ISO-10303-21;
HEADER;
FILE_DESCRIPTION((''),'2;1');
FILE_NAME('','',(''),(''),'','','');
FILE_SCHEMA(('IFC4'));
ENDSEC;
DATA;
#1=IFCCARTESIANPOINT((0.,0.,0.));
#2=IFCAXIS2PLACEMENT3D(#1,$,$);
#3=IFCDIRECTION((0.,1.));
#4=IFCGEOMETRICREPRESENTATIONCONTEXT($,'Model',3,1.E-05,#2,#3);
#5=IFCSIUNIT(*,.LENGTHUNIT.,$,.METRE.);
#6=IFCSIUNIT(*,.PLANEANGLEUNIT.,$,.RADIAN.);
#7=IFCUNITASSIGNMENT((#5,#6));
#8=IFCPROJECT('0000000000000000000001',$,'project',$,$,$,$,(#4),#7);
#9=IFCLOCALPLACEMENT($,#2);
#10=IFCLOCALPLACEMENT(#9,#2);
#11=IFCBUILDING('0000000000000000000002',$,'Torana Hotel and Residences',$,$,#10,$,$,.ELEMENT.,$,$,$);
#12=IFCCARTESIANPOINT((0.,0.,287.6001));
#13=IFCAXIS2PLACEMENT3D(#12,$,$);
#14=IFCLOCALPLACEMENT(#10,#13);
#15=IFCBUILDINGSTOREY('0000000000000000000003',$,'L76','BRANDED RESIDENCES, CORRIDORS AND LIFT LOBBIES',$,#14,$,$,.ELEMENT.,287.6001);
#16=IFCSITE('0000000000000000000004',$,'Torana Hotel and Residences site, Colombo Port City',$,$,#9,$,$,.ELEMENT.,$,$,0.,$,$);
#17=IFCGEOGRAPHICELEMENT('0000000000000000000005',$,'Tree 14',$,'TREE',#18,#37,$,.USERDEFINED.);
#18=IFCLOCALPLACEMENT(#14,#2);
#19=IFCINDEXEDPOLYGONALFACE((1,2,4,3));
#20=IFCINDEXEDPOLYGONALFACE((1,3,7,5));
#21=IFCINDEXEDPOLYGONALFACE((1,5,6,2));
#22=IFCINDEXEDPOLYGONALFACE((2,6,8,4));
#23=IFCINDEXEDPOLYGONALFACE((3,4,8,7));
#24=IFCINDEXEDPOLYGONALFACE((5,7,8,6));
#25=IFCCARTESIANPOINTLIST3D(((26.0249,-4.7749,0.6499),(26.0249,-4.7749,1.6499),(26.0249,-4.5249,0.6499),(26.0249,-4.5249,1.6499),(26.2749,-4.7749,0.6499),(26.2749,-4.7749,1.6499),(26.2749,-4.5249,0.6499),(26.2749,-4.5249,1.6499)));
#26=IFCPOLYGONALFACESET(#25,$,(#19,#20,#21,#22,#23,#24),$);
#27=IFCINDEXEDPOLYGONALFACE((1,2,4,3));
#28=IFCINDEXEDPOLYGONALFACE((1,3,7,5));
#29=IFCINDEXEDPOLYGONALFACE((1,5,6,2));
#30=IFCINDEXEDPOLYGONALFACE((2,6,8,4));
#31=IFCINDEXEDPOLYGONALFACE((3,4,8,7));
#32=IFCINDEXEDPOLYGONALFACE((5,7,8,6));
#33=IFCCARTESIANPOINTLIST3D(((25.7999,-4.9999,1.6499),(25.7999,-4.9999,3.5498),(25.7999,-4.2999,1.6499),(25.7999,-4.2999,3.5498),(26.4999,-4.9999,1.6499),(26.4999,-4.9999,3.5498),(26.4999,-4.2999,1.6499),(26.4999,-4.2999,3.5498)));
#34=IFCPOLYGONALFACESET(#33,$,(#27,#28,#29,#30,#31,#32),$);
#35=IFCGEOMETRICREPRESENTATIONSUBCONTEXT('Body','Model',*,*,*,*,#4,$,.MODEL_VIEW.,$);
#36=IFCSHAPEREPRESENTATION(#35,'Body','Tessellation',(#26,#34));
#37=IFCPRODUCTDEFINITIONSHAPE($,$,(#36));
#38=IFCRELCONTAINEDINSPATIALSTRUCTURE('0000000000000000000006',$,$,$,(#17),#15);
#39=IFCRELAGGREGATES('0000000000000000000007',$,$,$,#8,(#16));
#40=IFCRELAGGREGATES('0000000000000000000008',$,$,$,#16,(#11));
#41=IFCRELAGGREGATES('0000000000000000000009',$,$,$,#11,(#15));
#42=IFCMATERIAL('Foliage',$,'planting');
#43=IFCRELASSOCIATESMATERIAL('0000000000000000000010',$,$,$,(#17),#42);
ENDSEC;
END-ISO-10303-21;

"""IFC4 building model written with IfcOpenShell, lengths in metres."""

from ifc_helpers import new_model, si_unit, direction, frame, origin, origin_2d, place, context, subcontext, project, spatial, rectangle, extrude, material, element, save


model = new_model("IFC4")

# Units and contexts
model_context = context("Model", 3, precision=1e-05, world=origin(), true_north=direction((0.0, 1.0)))
body_context = subcontext(model_context, "Body", "Model", "MODEL_VIEW")
ifc_project = project(units=[si_unit("LENGTHUNIT", "METRE"), si_unit("PLANEANGLEUNIT", "RADIAN")], contexts=[model_context])

# Site, building, storey
site_placement = place(None, origin())
site = spatial("IfcSite", under=ifc_project, at=site_placement, Name="Torana Hotel and Residences site, Colombo Port City", CompositionType="ELEMENT", RefElevation=0.0)
building_placement = place(site_placement, origin())
building = spatial("IfcBuilding", under=site, at=building_placement, Name="Torana Hotel and Residences", CompositionType="ELEMENT")
storey_placement = place(building_placement, frame((0.0, 0.0, 287.6001)))
storey = spatial("IfcBuildingStorey", under=building, at=storey_placement, Name="L76", Description="BRANDED RESIDENCES, CORRIDORS AND LIFT LOBBIES", CompositionType="ELEMENT", Elevation=287.6001)

# Geographic element
ifc_material_1 = material(Name="Foliage", Category="planting")
geographic_element_placement = place(storey_placement, frame((26.1499, -4.6499, 0.6499), z_axis=(0.0, 0.0, 1.0), x_axis=(1.0, 0.0, 0.0)))
element("IfcGeographicElement", 1, at=geographic_element_placement, inside=storey, material=ifc_material_1, Name="Tree 14", ObjectType="TREE", PredefinedType="USERDEFINED", context=body_context, shape_type="SweptSolid", body=[
    extrude(rectangle(XDim=0.25, YDim=0.25, at=origin_2d()), origin(), (0.0, 0.0, 1.0), 1.0),
    extrude(rectangle(XDim=0.7, YDim=0.7, at=origin_2d()), frame((0.0, 0.0, 1.0)), (0.0, 0.0, 1.0), 1.8999),
])

save(model, "model.ifc")
